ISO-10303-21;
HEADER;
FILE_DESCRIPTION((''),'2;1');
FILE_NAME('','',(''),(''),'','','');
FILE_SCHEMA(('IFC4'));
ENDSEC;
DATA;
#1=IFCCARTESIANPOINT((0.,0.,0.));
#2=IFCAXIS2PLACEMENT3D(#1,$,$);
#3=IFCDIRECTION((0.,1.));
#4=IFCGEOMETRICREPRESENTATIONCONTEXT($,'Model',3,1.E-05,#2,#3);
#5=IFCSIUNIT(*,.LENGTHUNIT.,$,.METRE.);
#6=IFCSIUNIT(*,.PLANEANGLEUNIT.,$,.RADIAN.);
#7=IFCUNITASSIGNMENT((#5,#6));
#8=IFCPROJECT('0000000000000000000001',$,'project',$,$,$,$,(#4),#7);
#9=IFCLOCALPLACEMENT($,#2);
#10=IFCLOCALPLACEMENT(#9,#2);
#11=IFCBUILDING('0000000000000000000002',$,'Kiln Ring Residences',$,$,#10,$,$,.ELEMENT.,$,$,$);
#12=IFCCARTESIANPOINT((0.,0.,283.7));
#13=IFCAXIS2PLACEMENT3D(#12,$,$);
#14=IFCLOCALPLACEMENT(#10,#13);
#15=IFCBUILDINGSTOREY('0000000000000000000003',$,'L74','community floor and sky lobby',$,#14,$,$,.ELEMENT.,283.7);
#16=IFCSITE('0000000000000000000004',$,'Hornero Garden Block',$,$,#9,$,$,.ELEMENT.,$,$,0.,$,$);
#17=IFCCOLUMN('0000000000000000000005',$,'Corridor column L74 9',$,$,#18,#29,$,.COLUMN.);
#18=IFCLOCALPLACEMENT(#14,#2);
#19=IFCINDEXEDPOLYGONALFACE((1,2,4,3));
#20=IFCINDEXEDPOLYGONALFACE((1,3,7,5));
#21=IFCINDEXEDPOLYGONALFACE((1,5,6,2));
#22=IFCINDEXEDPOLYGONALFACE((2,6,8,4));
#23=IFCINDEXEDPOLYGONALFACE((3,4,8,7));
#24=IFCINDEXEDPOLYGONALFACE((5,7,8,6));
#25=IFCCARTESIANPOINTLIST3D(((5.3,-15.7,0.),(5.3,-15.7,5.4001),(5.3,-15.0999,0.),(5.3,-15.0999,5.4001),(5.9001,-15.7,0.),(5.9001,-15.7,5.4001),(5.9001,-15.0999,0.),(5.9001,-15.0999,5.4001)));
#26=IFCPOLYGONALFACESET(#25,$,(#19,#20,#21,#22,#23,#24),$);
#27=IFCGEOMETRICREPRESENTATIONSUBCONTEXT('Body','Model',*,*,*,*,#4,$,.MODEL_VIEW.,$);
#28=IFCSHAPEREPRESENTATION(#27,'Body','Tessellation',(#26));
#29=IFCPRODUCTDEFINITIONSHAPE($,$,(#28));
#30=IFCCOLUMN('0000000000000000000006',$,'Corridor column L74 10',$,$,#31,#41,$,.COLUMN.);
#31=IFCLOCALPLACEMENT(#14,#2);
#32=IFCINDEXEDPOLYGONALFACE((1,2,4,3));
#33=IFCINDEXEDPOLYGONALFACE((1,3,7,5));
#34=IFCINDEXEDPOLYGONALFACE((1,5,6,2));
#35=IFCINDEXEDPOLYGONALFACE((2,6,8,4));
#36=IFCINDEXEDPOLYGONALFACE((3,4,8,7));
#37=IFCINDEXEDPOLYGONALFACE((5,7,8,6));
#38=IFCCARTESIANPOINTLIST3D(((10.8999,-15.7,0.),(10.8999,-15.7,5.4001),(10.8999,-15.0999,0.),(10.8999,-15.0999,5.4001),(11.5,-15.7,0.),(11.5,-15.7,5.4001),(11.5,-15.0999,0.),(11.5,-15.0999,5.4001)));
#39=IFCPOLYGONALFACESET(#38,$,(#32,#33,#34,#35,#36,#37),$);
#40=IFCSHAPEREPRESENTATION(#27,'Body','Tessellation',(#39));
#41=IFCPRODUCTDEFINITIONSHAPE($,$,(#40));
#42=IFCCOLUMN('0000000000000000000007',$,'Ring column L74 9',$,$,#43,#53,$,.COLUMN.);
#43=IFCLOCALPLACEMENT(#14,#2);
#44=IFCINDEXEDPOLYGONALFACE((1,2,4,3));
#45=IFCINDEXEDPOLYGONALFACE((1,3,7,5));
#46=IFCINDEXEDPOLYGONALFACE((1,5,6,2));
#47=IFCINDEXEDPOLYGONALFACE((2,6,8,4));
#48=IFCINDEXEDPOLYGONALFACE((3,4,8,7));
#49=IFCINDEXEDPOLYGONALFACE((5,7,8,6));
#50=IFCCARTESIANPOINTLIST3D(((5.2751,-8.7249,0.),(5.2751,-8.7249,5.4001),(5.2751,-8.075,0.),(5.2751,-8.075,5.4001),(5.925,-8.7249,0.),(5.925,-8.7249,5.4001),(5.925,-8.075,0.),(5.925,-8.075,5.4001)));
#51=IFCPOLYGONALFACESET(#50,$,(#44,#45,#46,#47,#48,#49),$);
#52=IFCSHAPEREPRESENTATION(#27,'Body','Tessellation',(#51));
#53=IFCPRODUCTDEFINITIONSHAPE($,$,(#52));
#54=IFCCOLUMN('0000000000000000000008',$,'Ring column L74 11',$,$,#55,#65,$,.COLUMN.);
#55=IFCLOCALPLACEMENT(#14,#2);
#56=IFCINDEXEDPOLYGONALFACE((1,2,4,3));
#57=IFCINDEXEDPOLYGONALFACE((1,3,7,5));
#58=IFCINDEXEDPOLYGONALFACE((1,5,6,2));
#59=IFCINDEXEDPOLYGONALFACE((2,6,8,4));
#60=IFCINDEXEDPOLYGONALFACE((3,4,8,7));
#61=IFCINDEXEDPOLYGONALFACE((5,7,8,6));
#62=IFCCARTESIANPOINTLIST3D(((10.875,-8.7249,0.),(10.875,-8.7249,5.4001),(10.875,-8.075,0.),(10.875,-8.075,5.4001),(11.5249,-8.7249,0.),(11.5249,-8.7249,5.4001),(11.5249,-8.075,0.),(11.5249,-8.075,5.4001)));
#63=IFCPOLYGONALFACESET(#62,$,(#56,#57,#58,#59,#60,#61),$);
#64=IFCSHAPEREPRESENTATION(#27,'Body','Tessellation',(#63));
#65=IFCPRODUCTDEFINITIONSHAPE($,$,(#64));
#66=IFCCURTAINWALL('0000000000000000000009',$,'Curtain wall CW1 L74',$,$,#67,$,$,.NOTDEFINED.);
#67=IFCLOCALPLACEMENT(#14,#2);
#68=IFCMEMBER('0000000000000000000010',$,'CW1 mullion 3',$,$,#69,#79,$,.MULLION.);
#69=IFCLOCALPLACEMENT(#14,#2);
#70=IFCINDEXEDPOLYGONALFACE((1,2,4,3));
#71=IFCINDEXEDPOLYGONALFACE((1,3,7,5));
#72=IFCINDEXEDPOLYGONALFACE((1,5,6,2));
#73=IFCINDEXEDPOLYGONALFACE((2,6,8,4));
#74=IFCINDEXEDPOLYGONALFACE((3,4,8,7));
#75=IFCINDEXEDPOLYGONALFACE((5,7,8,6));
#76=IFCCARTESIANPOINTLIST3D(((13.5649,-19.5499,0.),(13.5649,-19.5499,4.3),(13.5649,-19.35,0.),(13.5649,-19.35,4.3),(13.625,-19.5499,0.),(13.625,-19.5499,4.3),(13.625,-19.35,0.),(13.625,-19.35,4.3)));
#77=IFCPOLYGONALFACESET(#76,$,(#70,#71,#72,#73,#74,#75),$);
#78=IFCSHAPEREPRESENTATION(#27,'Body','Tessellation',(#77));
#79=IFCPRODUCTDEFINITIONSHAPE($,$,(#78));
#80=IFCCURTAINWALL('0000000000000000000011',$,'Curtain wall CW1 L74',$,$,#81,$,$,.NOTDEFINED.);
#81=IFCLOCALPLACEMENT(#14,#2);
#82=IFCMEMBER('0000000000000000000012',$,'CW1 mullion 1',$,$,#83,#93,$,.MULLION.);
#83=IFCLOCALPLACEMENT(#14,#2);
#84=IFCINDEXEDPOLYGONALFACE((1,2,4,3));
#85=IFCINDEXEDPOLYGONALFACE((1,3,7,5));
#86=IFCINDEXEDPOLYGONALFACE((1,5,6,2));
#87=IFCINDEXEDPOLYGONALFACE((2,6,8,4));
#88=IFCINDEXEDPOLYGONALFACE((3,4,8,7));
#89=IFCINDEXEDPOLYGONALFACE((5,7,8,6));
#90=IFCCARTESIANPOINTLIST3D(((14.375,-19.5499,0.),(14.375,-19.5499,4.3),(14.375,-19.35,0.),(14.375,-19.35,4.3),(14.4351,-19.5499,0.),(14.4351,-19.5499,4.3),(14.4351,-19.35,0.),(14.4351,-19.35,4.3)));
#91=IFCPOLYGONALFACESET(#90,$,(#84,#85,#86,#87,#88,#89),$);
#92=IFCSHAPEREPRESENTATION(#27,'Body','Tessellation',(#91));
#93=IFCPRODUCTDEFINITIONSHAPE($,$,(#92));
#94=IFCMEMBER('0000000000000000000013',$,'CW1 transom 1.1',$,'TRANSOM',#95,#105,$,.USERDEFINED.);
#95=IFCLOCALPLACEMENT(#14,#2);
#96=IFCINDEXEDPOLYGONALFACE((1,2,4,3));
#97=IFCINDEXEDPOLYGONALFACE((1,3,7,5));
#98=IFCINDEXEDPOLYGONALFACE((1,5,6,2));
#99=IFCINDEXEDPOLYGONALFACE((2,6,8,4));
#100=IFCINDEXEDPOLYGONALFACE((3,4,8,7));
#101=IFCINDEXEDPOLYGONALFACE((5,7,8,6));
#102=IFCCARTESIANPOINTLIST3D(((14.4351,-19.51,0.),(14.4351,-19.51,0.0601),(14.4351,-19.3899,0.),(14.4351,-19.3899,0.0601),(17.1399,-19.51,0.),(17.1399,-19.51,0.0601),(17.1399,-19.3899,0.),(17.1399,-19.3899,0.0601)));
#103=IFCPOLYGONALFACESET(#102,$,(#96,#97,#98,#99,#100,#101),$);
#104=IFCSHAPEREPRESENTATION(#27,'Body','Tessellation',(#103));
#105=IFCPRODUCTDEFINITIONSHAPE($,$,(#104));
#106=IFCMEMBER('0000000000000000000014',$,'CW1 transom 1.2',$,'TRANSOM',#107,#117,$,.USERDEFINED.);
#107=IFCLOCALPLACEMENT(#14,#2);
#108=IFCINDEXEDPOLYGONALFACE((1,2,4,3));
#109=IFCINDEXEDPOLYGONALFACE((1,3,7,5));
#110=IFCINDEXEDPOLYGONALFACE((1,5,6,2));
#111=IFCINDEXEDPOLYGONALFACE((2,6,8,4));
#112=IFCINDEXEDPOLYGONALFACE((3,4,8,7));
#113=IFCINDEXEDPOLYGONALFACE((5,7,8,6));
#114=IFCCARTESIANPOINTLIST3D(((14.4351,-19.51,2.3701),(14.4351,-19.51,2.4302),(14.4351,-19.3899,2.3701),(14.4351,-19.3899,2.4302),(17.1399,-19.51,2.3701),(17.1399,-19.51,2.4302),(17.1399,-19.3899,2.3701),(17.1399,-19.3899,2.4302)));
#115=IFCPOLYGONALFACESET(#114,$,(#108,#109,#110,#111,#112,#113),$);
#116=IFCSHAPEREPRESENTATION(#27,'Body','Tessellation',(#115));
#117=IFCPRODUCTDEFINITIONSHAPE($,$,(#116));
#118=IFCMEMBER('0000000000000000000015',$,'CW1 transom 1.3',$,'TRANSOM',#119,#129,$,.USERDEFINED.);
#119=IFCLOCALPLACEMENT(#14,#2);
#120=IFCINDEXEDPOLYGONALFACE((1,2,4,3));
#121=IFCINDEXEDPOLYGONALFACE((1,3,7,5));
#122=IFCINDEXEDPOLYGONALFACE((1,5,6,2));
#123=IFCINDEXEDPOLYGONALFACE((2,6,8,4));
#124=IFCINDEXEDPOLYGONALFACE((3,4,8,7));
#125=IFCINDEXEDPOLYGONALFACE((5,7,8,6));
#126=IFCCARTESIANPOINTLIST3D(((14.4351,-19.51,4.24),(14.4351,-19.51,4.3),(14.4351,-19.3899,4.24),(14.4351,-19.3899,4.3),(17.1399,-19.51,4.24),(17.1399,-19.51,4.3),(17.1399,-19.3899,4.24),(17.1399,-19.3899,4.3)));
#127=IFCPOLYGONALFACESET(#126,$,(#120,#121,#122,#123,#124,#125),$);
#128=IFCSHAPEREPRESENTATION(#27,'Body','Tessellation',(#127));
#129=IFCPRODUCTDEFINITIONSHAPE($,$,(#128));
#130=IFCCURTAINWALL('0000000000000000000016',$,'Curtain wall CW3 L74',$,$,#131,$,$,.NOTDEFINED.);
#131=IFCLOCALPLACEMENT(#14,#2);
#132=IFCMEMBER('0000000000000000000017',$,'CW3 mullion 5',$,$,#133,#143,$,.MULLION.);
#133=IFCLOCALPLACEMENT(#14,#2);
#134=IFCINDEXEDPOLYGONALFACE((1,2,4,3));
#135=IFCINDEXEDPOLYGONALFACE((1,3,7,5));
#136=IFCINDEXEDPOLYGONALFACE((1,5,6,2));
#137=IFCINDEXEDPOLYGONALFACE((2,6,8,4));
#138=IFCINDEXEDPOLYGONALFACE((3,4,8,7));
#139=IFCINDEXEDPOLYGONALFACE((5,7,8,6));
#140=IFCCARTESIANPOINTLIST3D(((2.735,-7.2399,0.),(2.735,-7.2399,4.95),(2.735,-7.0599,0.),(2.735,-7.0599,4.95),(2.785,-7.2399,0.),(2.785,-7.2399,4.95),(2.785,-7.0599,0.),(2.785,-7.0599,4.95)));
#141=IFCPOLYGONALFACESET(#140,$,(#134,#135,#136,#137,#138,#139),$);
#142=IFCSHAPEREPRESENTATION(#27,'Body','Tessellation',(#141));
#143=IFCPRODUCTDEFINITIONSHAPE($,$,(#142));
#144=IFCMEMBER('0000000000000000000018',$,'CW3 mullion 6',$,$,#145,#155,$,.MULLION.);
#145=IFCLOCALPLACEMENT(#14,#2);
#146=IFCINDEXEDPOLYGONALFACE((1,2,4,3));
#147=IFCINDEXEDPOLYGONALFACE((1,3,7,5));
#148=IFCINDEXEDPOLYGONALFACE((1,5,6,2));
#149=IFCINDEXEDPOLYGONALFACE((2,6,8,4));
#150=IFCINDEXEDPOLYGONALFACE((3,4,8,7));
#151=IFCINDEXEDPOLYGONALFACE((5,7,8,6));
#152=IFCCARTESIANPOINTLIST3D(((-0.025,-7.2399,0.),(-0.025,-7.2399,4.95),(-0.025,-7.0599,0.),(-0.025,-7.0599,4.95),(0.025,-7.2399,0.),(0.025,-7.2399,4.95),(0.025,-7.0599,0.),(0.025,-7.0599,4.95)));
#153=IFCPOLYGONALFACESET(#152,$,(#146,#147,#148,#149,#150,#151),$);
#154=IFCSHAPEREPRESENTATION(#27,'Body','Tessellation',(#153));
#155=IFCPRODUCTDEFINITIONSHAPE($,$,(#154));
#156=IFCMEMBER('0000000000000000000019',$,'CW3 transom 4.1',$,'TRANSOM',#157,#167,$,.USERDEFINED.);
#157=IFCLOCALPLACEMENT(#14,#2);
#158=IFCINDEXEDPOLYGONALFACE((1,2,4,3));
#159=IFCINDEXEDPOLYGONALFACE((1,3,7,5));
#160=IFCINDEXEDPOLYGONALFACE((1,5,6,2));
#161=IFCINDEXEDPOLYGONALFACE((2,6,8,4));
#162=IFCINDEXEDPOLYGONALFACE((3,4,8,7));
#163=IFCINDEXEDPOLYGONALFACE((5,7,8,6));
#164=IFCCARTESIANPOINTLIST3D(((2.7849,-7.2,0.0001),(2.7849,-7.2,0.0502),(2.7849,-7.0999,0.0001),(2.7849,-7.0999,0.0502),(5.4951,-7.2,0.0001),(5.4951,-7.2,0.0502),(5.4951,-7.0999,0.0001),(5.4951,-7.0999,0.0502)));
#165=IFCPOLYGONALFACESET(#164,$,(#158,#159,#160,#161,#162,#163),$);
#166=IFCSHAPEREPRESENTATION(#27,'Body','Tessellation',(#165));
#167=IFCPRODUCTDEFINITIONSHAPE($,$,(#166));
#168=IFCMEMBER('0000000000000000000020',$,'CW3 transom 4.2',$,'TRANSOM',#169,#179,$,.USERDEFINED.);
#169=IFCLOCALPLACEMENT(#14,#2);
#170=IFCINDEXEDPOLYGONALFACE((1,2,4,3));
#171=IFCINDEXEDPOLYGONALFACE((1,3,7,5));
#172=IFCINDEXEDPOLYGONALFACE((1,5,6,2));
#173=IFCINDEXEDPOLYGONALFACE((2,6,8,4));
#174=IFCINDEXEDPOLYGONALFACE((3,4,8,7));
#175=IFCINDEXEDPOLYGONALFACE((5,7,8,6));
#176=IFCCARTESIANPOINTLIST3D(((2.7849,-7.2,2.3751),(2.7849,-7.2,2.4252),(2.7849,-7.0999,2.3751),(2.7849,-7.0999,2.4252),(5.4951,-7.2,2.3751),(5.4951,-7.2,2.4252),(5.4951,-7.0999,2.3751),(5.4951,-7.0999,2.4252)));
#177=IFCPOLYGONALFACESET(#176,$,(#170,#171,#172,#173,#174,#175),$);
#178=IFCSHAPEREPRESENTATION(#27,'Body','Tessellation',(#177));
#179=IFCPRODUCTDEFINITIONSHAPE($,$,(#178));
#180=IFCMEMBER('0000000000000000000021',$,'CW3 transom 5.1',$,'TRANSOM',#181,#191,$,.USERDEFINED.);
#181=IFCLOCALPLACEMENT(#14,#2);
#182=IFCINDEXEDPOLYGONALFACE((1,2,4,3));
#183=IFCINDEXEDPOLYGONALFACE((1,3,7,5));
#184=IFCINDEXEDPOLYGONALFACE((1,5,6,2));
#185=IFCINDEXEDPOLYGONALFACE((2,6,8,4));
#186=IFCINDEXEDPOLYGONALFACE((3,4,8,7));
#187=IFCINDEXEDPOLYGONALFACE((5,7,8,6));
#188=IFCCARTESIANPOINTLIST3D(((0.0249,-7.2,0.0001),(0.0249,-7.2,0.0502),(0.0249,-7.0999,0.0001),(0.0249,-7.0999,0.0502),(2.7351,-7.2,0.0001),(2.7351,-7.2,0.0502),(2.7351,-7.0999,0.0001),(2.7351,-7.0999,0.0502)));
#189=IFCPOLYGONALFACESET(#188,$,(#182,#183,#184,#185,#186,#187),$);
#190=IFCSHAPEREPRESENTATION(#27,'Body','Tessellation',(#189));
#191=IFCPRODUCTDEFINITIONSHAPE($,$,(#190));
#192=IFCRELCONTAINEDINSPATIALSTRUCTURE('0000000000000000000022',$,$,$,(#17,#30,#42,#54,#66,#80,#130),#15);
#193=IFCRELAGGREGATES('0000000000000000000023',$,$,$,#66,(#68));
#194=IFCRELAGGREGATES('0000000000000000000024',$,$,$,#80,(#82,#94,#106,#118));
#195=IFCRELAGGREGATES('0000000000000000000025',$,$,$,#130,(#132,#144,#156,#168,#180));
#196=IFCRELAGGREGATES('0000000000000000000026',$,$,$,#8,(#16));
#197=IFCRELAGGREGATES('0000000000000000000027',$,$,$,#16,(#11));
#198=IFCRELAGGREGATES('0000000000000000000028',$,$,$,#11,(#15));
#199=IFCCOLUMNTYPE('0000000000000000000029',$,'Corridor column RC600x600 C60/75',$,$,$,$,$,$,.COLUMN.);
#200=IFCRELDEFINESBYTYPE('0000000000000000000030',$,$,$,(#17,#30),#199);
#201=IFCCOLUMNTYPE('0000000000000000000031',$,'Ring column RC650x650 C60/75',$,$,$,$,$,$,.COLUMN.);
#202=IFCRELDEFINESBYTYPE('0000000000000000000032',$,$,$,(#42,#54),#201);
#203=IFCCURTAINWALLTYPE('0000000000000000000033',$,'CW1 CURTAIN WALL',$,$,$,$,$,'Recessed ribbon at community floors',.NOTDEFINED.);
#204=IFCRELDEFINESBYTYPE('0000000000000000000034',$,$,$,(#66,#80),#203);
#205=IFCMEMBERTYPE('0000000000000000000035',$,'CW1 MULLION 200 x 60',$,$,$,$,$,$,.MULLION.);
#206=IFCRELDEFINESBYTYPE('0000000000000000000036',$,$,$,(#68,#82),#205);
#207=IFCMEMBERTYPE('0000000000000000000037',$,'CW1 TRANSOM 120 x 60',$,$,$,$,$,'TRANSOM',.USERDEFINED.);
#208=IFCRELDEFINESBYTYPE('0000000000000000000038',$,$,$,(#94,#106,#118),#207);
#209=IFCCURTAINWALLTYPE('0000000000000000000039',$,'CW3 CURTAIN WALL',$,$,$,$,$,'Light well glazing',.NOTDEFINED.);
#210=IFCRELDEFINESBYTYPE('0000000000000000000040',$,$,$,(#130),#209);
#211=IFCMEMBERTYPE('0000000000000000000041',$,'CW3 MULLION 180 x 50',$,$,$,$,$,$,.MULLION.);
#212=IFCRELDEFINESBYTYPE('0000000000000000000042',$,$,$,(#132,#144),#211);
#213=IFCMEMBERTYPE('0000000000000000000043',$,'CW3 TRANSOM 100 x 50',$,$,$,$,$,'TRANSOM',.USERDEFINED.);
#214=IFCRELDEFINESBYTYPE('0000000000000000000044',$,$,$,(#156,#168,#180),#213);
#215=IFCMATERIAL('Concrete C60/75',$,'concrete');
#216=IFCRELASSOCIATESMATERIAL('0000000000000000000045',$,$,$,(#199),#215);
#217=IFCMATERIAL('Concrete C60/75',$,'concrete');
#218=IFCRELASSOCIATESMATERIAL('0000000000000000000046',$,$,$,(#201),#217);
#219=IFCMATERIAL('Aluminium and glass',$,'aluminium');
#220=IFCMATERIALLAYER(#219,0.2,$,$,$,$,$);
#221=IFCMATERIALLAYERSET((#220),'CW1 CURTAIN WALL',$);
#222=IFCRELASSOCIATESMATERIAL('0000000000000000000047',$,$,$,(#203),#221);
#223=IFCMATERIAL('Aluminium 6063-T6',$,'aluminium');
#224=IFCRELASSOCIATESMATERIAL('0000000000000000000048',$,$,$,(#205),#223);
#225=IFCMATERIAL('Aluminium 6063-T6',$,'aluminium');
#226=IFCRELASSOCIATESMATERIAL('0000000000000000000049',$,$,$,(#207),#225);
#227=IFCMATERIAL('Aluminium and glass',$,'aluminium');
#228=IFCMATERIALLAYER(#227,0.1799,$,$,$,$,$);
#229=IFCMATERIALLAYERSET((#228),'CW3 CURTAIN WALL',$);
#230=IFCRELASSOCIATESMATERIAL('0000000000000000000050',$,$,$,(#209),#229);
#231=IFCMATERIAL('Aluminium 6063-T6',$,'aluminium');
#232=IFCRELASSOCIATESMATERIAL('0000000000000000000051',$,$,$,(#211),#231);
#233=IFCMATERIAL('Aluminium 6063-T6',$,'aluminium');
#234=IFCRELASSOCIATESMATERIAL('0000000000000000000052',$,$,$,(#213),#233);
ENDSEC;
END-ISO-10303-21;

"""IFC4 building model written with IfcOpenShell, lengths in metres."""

from ifc_helpers import new_model, si_unit, direction, frame, origin, origin_2d, place, context, subcontext, project, spatial, rectangle, extrude, material, layer, layer_set, material_profile, profile_set, type_object, element, aggregate, save


model = new_model("IFC4")

# Units and contexts
model_context = context("Model", 3, precision=1e-05, world=origin(), true_north=direction((0.0, 1.0)))
body_context = subcontext(model_context, "Body", "Model", "MODEL_VIEW")
ifc_project = project(units=[si_unit("LENGTHUNIT", "METRE"), si_unit("PLANEANGLEUNIT", "RADIAN")], contexts=[model_context])

# Site, building, storey
site_placement = place(None, origin())
site = spatial("IfcSite", under=ifc_project, at=site_placement, Name="Hornero Garden Block", CompositionType="ELEMENT", RefElevation=0.0)
building_placement = place(site_placement, origin())
building = spatial("IfcBuilding", under=site, at=building_placement, Name="Kiln Ring Residences", CompositionType="ELEMENT")
storey_placement = place(building_placement, frame((0.0, 0.0, 283.7)))
storey = spatial("IfcBuildingStorey", under=building, at=storey_placement, Name="L74", Description="community floor and sky lobby", CompositionType="ELEMENT", Elevation=283.7)

# Columns
ifc_material_1 = material(Name="Concrete C60/75", Category="concrete")
ifc_material_profile_1 = material_profile(ifc_material_1, rectangle(XDim=0.6001, YDim=0.6001, at=origin_2d()), Name="RC600x600")
ifc_profile_set_1 = profile_set([ifc_material_profile_1], Name="Concrete C60/75")
column_type_1 = type_object("IfcColumnType", Name="Corridor column RC600x600 C60/75", PredefinedType="COLUMN", material=ifc_profile_set_1)
for number, where, z_axis, x_axis, name in (
    (1, (5.6001, -15.3999, 0.0), (0.0, 0.0, 1.0), (1.0, 0.0, 0.0), "Corridor column L74 9"),
    (2, (11.2, -15.3999, 0.0), (0.0, 0.0, 1.0), (1.0, 0.0, 0.0), "Corridor column L74 10"),
):
    element("IfcColumn", number, at=place(storey_placement, frame(where, z_axis=z_axis, x_axis=x_axis)), inside=storey, type_object=column_type_1, Name=name, PredefinedType="COLUMN", context=body_context, shape_type="SweptSolid", body=[
        extrude(rectangle(XDim=0.6001, YDim=0.6001, at=origin_2d()), origin(), (0.0, 0.0, 1.0), 5.4001),
    ])
ifc_material_2 = material(Name="Concrete C60/75", Category="concrete")
ifc_material_profile_2 = material_profile(ifc_material_2, rectangle(XDim=0.6499, YDim=0.6499, at=origin_2d()), Name="RC650x650")
ifc_profile_set_2 = profile_set([ifc_material_profile_2], Name="Concrete C60/75")
column_type_2 = type_object("IfcColumnType", Name="Ring column RC650x650 C60/75", PredefinedType="COLUMN", material=ifc_profile_set_2)
for number, where, z_axis, x_axis, name in (
    (3, (5.6001, -8.3999, 0.0), (0.0, 0.0, 1.0), (1.0, 0.0, 0.0), "Ring column L74 9"),
    (4, (11.2, -8.3999, 0.0), (0.0, 0.0, 1.0), (1.0, 0.0, 0.0), "Ring column L74 11"),
):
    element("IfcColumn", number, at=place(storey_placement, frame(where, z_axis=z_axis, x_axis=x_axis)), inside=storey, type_object=column_type_2, Name=name, PredefinedType="COLUMN", context=body_context, shape_type="SweptSolid", body=[
        extrude(rectangle(XDim=0.6499, YDim=0.6499, at=origin_2d()), origin(), (0.0, 0.0, 1.0), 5.4001),
    ])

# Curtain wall, member
ifc_material_3 = material(Name="Aluminium and glass", Category="aluminium")
ifc_layer_1 = layer(ifc_material_3, 0.2)
ifc_layer_set_1 = layer_set([ifc_layer_1], Name="CW1 CURTAIN WALL")
curtain_wall_type_1 = type_object("IfcCurtainWallType", Name="CW1 CURTAIN WALL", ElementType="Recessed ribbon at community floors", PredefinedType="NOTDEFINED", material=ifc_layer_set_1)
placement = place(storey_placement, origin())
curtain_wall_1 = element("IfcCurtainWall", 5, at=placement, inside=storey, type_object=curtain_wall_type_1, Name="Curtain wall CW1 L74", PredefinedType="NOTDEFINED")
ifc_material_4 = material(Name="Aluminium 6063-T6", Category="aluminium")
ifc_material_profile_3 = material_profile(ifc_material_4, rectangle(XDim=0.2, YDim=0.0601, at=origin_2d()), Name="AL 200x60")
ifc_profile_set_3 = profile_set([ifc_material_profile_3], Name="Aluminium 6063-T6")
member_type_1 = type_object("IfcMemberType", Name="CW1 MULLION 200 x 60", PredefinedType="MULLION", material=ifc_profile_set_3)
member_1_placement = place(storey_placement, frame((13.595, -19.45, 0.0), z_axis=(0.0, 0.0, 1.0), x_axis=(0.0, 1.0, 0.0)))
member_1 = element("IfcMember", 6, at=member_1_placement, type_object=member_type_1, Name="CW1 mullion 3", PredefinedType="MULLION", context=body_context, shape_type="SweptSolid", body=[
    extrude(rectangle(XDim=0.2, YDim=0.0601, at=origin_2d()), origin(), (0.0, 0.0, 1.0), 4.3),
])
aggregate(curtain_wall_1, [member_1])

# Curtain walls, members
curtain_wall_2 = element("IfcCurtainWall", 7, at=placement, inside=storey, type_object=curtain_wall_type_1, Name="Curtain wall CW1 L74", PredefinedType="NOTDEFINED")
member_2_placement = place(storey_placement, frame((14.405, -19.45, 0.0), z_axis=(0.0, 0.0, 1.0), x_axis=(0.0, 1.0, 0.0)))
member_2 = element("IfcMember", 8, at=member_2_placement, type_object=member_type_1, Name="CW1 mullion 1", PredefinedType="MULLION", context=body_context, shape_type="SweptSolid", body=[
    extrude(rectangle(XDim=0.2, YDim=0.0601, at=origin_2d()), origin(), (0.0, 0.0, 1.0), 4.3),
])
ifc_material_5 = material(Name="Aluminium 6063-T6", Category="aluminium")
ifc_material_profile_4 = material_profile(ifc_material_5, rectangle(XDim=0.1201, YDim=0.0601, at=origin_2d()), Name="AL 120x60")
ifc_profile_set_4 = profile_set([ifc_material_profile_4], Name="Aluminium 6063-T6")
member_type_2 = type_object("IfcMemberType", Name="CW1 TRANSOM 120 x 60", ElementType="TRANSOM", PredefinedType="USERDEFINED", material=ifc_profile_set_4)
member_3_placement = place(storey_placement, frame((14.4351, -19.45, 0.03), z_axis=(1.0, 0.0, 0.0), x_axis=(0.0, 1.0, 0.0)))
member_3 = element("IfcMember", 9, at=member_3_placement, type_object=member_type_2, Name="CW1 transom 1.1", ObjectType="TRANSOM", PredefinedType="USERDEFINED", context=body_context, shape_type="SweptSolid", body=[
    extrude(rectangle(XDim=0.1201, YDim=0.0601, at=origin_2d()), origin(), (0.0, 0.0, 1.0), 2.7048),
])
member_4_placement = place(storey_placement, frame((14.4351, -19.45, 2.4001), z_axis=(1.0, 0.0, 0.0), x_axis=(0.0, 1.0, 0.0)))
member_4 = element("IfcMember", 10, at=member_4_placement, type_object=member_type_2, Name="CW1 transom 1.2", ObjectType="TRANSOM", PredefinedType="USERDEFINED", context=body_context, shape_type="SweptSolid", body=[
    extrude(rectangle(XDim=0.1201, YDim=0.0601, at=origin_2d()), origin(), (0.0, 0.0, 1.0), 2.7048),
])
member_5_placement = place(storey_placement, frame((14.4351, -19.45, 4.27), z_axis=(1.0, 0.0, 0.0), x_axis=(0.0, 1.0, 0.0)))
member_5 = element("IfcMember", 11, at=member_5_placement, type_object=member_type_2, Name="CW1 transom 1.3", ObjectType="TRANSOM", PredefinedType="USERDEFINED", context=body_context, shape_type="SweptSolid", body=[
    extrude(rectangle(XDim=0.1201, YDim=0.0601, at=origin_2d()), origin(), (0.0, 0.0, 1.0), 2.7048),
])
aggregate(curtain_wall_2, [member_2, member_3, member_4, member_5])
ifc_material_6 = material(Name="Aluminium and glass", Category="aluminium")
ifc_layer_2 = layer(ifc_material_6, 0.1799)
ifc_layer_set_2 = layer_set([ifc_layer_2], Name="CW3 CURTAIN WALL")
curtain_wall_type_2 = type_object("IfcCurtainWallType", Name="CW3 CURTAIN WALL", ElementType="Light well glazing", PredefinedType="NOTDEFINED", material=ifc_layer_set_2)
curtain_wall_3 = element("IfcCurtainWall", 12, at=placement, inside=storey, type_object=curtain_wall_type_2, Name="Curtain wall CW3 L74", PredefinedType="NOTDEFINED")
ifc_material_7 = material(Name="Aluminium 6063-T6", Category="aluminium")
ifc_material_profile_5 = material_profile(ifc_material_7, rectangle(XDim=0.1799, YDim=0.05, at=origin_2d()), Name="AL 180x50")
ifc_profile_set_5 = profile_set([ifc_material_profile_5], Name="Aluminium 6063-T6")
member_type_3 = type_object("IfcMemberType", Name="CW3 MULLION 180 x 50", PredefinedType="MULLION", material=ifc_profile_set_5)
member_6_placement = place(storey_placement, frame((2.76, -7.1499, 0.0), z_axis=(0.0, 0.0, 1.0), x_axis=(0.0, -1.0, 0.0)))
member_6 = element("IfcMember", 13, at=member_6_placement, type_object=member_type_3, Name="CW3 mullion 5", PredefinedType="MULLION", context=body_context, shape_type="SweptSolid", body=[
    extrude(rectangle(XDim=0.1799, YDim=0.05, at=origin_2d()), origin(), (0.0, 0.0, 1.0), 4.95),
])
member_7_placement = place(storey_placement, frame((0.0, -7.1499, 0.0), z_axis=(0.0, 0.0, 1.0), x_axis=(0.0, -1.0, 0.0)))
member_7 = element("IfcMember", 14, at=member_7_placement, type_object=member_type_3, Name="CW3 mullion 6", PredefinedType="MULLION", context=body_context, shape_type="SweptSolid", body=[
    extrude(rectangle(XDim=0.1799, YDim=0.05, at=origin_2d()), origin(), (0.0, 0.0, 1.0), 4.95),
])
ifc_material_8 = material(Name="Aluminium 6063-T6", Category="aluminium")
ifc_material_profile_6 = material_profile(ifc_material_8, rectangle(XDim=0.1001, YDim=0.05, at=origin_2d()), Name="AL 100x50")
ifc_profile_set_6 = profile_set([ifc_material_profile_6], Name="Aluminium 6063-T6")
member_type_4 = type_object("IfcMemberType", Name="CW3 TRANSOM 100 x 50", ElementType="TRANSOM", PredefinedType="USERDEFINED", material=ifc_profile_set_6)
member_8_placement = place(storey_placement, frame((5.4951, -7.1499, 0.0251), z_axis=(-1.0, 0.0, 0.0), x_axis=(0.0, -1.0, 0.0)))
member_8 = element("IfcMember", 15, at=member_8_placement, type_object=member_type_4, Name="CW3 transom 4.1", ObjectType="TRANSOM", PredefinedType="USERDEFINED", context=body_context, shape_type="SweptSolid", body=[
    extrude(rectangle(XDim=0.1001, YDim=0.05, at=origin_2d()), origin(), (0.0, 0.0, 1.0), 2.7102),
])
member_9_placement = place(storey_placement, frame((5.4951, -7.1499, 2.4001), z_axis=(-1.0, 0.0, 0.0), x_axis=(0.0, -1.0, 0.0)))
member_9 = element("IfcMember", 16, at=member_9_placement, type_object=member_type_4, Name="CW3 transom 4.2", ObjectType="TRANSOM", PredefinedType="USERDEFINED", context=body_context, shape_type="SweptSolid", body=[
    extrude(rectangle(XDim=0.1001, YDim=0.05, at=origin_2d()), origin(), (0.0, 0.0, 1.0), 2.7102),
])
member_10_placement = place(storey_placement, frame((2.7351, -7.1499, 0.0251), z_axis=(-1.0, 0.0, 0.0), x_axis=(0.0, -1.0, 0.0)))
member_10 = element("IfcMember", 17, at=member_10_placement, type_object=member_type_4, Name="CW3 transom 5.1", ObjectType="TRANSOM", PredefinedType="USERDEFINED", context=body_context, shape_type="SweptSolid", body=[
    extrude(rectangle(XDim=0.1001, YDim=0.05, at=origin_2d()), origin(), (0.0, 0.0, 1.0), 2.7102),
])

aggregate(curtain_wall_3, [member_6, member_7, member_8, member_9, member_10])

save(model, "model.ifc")
